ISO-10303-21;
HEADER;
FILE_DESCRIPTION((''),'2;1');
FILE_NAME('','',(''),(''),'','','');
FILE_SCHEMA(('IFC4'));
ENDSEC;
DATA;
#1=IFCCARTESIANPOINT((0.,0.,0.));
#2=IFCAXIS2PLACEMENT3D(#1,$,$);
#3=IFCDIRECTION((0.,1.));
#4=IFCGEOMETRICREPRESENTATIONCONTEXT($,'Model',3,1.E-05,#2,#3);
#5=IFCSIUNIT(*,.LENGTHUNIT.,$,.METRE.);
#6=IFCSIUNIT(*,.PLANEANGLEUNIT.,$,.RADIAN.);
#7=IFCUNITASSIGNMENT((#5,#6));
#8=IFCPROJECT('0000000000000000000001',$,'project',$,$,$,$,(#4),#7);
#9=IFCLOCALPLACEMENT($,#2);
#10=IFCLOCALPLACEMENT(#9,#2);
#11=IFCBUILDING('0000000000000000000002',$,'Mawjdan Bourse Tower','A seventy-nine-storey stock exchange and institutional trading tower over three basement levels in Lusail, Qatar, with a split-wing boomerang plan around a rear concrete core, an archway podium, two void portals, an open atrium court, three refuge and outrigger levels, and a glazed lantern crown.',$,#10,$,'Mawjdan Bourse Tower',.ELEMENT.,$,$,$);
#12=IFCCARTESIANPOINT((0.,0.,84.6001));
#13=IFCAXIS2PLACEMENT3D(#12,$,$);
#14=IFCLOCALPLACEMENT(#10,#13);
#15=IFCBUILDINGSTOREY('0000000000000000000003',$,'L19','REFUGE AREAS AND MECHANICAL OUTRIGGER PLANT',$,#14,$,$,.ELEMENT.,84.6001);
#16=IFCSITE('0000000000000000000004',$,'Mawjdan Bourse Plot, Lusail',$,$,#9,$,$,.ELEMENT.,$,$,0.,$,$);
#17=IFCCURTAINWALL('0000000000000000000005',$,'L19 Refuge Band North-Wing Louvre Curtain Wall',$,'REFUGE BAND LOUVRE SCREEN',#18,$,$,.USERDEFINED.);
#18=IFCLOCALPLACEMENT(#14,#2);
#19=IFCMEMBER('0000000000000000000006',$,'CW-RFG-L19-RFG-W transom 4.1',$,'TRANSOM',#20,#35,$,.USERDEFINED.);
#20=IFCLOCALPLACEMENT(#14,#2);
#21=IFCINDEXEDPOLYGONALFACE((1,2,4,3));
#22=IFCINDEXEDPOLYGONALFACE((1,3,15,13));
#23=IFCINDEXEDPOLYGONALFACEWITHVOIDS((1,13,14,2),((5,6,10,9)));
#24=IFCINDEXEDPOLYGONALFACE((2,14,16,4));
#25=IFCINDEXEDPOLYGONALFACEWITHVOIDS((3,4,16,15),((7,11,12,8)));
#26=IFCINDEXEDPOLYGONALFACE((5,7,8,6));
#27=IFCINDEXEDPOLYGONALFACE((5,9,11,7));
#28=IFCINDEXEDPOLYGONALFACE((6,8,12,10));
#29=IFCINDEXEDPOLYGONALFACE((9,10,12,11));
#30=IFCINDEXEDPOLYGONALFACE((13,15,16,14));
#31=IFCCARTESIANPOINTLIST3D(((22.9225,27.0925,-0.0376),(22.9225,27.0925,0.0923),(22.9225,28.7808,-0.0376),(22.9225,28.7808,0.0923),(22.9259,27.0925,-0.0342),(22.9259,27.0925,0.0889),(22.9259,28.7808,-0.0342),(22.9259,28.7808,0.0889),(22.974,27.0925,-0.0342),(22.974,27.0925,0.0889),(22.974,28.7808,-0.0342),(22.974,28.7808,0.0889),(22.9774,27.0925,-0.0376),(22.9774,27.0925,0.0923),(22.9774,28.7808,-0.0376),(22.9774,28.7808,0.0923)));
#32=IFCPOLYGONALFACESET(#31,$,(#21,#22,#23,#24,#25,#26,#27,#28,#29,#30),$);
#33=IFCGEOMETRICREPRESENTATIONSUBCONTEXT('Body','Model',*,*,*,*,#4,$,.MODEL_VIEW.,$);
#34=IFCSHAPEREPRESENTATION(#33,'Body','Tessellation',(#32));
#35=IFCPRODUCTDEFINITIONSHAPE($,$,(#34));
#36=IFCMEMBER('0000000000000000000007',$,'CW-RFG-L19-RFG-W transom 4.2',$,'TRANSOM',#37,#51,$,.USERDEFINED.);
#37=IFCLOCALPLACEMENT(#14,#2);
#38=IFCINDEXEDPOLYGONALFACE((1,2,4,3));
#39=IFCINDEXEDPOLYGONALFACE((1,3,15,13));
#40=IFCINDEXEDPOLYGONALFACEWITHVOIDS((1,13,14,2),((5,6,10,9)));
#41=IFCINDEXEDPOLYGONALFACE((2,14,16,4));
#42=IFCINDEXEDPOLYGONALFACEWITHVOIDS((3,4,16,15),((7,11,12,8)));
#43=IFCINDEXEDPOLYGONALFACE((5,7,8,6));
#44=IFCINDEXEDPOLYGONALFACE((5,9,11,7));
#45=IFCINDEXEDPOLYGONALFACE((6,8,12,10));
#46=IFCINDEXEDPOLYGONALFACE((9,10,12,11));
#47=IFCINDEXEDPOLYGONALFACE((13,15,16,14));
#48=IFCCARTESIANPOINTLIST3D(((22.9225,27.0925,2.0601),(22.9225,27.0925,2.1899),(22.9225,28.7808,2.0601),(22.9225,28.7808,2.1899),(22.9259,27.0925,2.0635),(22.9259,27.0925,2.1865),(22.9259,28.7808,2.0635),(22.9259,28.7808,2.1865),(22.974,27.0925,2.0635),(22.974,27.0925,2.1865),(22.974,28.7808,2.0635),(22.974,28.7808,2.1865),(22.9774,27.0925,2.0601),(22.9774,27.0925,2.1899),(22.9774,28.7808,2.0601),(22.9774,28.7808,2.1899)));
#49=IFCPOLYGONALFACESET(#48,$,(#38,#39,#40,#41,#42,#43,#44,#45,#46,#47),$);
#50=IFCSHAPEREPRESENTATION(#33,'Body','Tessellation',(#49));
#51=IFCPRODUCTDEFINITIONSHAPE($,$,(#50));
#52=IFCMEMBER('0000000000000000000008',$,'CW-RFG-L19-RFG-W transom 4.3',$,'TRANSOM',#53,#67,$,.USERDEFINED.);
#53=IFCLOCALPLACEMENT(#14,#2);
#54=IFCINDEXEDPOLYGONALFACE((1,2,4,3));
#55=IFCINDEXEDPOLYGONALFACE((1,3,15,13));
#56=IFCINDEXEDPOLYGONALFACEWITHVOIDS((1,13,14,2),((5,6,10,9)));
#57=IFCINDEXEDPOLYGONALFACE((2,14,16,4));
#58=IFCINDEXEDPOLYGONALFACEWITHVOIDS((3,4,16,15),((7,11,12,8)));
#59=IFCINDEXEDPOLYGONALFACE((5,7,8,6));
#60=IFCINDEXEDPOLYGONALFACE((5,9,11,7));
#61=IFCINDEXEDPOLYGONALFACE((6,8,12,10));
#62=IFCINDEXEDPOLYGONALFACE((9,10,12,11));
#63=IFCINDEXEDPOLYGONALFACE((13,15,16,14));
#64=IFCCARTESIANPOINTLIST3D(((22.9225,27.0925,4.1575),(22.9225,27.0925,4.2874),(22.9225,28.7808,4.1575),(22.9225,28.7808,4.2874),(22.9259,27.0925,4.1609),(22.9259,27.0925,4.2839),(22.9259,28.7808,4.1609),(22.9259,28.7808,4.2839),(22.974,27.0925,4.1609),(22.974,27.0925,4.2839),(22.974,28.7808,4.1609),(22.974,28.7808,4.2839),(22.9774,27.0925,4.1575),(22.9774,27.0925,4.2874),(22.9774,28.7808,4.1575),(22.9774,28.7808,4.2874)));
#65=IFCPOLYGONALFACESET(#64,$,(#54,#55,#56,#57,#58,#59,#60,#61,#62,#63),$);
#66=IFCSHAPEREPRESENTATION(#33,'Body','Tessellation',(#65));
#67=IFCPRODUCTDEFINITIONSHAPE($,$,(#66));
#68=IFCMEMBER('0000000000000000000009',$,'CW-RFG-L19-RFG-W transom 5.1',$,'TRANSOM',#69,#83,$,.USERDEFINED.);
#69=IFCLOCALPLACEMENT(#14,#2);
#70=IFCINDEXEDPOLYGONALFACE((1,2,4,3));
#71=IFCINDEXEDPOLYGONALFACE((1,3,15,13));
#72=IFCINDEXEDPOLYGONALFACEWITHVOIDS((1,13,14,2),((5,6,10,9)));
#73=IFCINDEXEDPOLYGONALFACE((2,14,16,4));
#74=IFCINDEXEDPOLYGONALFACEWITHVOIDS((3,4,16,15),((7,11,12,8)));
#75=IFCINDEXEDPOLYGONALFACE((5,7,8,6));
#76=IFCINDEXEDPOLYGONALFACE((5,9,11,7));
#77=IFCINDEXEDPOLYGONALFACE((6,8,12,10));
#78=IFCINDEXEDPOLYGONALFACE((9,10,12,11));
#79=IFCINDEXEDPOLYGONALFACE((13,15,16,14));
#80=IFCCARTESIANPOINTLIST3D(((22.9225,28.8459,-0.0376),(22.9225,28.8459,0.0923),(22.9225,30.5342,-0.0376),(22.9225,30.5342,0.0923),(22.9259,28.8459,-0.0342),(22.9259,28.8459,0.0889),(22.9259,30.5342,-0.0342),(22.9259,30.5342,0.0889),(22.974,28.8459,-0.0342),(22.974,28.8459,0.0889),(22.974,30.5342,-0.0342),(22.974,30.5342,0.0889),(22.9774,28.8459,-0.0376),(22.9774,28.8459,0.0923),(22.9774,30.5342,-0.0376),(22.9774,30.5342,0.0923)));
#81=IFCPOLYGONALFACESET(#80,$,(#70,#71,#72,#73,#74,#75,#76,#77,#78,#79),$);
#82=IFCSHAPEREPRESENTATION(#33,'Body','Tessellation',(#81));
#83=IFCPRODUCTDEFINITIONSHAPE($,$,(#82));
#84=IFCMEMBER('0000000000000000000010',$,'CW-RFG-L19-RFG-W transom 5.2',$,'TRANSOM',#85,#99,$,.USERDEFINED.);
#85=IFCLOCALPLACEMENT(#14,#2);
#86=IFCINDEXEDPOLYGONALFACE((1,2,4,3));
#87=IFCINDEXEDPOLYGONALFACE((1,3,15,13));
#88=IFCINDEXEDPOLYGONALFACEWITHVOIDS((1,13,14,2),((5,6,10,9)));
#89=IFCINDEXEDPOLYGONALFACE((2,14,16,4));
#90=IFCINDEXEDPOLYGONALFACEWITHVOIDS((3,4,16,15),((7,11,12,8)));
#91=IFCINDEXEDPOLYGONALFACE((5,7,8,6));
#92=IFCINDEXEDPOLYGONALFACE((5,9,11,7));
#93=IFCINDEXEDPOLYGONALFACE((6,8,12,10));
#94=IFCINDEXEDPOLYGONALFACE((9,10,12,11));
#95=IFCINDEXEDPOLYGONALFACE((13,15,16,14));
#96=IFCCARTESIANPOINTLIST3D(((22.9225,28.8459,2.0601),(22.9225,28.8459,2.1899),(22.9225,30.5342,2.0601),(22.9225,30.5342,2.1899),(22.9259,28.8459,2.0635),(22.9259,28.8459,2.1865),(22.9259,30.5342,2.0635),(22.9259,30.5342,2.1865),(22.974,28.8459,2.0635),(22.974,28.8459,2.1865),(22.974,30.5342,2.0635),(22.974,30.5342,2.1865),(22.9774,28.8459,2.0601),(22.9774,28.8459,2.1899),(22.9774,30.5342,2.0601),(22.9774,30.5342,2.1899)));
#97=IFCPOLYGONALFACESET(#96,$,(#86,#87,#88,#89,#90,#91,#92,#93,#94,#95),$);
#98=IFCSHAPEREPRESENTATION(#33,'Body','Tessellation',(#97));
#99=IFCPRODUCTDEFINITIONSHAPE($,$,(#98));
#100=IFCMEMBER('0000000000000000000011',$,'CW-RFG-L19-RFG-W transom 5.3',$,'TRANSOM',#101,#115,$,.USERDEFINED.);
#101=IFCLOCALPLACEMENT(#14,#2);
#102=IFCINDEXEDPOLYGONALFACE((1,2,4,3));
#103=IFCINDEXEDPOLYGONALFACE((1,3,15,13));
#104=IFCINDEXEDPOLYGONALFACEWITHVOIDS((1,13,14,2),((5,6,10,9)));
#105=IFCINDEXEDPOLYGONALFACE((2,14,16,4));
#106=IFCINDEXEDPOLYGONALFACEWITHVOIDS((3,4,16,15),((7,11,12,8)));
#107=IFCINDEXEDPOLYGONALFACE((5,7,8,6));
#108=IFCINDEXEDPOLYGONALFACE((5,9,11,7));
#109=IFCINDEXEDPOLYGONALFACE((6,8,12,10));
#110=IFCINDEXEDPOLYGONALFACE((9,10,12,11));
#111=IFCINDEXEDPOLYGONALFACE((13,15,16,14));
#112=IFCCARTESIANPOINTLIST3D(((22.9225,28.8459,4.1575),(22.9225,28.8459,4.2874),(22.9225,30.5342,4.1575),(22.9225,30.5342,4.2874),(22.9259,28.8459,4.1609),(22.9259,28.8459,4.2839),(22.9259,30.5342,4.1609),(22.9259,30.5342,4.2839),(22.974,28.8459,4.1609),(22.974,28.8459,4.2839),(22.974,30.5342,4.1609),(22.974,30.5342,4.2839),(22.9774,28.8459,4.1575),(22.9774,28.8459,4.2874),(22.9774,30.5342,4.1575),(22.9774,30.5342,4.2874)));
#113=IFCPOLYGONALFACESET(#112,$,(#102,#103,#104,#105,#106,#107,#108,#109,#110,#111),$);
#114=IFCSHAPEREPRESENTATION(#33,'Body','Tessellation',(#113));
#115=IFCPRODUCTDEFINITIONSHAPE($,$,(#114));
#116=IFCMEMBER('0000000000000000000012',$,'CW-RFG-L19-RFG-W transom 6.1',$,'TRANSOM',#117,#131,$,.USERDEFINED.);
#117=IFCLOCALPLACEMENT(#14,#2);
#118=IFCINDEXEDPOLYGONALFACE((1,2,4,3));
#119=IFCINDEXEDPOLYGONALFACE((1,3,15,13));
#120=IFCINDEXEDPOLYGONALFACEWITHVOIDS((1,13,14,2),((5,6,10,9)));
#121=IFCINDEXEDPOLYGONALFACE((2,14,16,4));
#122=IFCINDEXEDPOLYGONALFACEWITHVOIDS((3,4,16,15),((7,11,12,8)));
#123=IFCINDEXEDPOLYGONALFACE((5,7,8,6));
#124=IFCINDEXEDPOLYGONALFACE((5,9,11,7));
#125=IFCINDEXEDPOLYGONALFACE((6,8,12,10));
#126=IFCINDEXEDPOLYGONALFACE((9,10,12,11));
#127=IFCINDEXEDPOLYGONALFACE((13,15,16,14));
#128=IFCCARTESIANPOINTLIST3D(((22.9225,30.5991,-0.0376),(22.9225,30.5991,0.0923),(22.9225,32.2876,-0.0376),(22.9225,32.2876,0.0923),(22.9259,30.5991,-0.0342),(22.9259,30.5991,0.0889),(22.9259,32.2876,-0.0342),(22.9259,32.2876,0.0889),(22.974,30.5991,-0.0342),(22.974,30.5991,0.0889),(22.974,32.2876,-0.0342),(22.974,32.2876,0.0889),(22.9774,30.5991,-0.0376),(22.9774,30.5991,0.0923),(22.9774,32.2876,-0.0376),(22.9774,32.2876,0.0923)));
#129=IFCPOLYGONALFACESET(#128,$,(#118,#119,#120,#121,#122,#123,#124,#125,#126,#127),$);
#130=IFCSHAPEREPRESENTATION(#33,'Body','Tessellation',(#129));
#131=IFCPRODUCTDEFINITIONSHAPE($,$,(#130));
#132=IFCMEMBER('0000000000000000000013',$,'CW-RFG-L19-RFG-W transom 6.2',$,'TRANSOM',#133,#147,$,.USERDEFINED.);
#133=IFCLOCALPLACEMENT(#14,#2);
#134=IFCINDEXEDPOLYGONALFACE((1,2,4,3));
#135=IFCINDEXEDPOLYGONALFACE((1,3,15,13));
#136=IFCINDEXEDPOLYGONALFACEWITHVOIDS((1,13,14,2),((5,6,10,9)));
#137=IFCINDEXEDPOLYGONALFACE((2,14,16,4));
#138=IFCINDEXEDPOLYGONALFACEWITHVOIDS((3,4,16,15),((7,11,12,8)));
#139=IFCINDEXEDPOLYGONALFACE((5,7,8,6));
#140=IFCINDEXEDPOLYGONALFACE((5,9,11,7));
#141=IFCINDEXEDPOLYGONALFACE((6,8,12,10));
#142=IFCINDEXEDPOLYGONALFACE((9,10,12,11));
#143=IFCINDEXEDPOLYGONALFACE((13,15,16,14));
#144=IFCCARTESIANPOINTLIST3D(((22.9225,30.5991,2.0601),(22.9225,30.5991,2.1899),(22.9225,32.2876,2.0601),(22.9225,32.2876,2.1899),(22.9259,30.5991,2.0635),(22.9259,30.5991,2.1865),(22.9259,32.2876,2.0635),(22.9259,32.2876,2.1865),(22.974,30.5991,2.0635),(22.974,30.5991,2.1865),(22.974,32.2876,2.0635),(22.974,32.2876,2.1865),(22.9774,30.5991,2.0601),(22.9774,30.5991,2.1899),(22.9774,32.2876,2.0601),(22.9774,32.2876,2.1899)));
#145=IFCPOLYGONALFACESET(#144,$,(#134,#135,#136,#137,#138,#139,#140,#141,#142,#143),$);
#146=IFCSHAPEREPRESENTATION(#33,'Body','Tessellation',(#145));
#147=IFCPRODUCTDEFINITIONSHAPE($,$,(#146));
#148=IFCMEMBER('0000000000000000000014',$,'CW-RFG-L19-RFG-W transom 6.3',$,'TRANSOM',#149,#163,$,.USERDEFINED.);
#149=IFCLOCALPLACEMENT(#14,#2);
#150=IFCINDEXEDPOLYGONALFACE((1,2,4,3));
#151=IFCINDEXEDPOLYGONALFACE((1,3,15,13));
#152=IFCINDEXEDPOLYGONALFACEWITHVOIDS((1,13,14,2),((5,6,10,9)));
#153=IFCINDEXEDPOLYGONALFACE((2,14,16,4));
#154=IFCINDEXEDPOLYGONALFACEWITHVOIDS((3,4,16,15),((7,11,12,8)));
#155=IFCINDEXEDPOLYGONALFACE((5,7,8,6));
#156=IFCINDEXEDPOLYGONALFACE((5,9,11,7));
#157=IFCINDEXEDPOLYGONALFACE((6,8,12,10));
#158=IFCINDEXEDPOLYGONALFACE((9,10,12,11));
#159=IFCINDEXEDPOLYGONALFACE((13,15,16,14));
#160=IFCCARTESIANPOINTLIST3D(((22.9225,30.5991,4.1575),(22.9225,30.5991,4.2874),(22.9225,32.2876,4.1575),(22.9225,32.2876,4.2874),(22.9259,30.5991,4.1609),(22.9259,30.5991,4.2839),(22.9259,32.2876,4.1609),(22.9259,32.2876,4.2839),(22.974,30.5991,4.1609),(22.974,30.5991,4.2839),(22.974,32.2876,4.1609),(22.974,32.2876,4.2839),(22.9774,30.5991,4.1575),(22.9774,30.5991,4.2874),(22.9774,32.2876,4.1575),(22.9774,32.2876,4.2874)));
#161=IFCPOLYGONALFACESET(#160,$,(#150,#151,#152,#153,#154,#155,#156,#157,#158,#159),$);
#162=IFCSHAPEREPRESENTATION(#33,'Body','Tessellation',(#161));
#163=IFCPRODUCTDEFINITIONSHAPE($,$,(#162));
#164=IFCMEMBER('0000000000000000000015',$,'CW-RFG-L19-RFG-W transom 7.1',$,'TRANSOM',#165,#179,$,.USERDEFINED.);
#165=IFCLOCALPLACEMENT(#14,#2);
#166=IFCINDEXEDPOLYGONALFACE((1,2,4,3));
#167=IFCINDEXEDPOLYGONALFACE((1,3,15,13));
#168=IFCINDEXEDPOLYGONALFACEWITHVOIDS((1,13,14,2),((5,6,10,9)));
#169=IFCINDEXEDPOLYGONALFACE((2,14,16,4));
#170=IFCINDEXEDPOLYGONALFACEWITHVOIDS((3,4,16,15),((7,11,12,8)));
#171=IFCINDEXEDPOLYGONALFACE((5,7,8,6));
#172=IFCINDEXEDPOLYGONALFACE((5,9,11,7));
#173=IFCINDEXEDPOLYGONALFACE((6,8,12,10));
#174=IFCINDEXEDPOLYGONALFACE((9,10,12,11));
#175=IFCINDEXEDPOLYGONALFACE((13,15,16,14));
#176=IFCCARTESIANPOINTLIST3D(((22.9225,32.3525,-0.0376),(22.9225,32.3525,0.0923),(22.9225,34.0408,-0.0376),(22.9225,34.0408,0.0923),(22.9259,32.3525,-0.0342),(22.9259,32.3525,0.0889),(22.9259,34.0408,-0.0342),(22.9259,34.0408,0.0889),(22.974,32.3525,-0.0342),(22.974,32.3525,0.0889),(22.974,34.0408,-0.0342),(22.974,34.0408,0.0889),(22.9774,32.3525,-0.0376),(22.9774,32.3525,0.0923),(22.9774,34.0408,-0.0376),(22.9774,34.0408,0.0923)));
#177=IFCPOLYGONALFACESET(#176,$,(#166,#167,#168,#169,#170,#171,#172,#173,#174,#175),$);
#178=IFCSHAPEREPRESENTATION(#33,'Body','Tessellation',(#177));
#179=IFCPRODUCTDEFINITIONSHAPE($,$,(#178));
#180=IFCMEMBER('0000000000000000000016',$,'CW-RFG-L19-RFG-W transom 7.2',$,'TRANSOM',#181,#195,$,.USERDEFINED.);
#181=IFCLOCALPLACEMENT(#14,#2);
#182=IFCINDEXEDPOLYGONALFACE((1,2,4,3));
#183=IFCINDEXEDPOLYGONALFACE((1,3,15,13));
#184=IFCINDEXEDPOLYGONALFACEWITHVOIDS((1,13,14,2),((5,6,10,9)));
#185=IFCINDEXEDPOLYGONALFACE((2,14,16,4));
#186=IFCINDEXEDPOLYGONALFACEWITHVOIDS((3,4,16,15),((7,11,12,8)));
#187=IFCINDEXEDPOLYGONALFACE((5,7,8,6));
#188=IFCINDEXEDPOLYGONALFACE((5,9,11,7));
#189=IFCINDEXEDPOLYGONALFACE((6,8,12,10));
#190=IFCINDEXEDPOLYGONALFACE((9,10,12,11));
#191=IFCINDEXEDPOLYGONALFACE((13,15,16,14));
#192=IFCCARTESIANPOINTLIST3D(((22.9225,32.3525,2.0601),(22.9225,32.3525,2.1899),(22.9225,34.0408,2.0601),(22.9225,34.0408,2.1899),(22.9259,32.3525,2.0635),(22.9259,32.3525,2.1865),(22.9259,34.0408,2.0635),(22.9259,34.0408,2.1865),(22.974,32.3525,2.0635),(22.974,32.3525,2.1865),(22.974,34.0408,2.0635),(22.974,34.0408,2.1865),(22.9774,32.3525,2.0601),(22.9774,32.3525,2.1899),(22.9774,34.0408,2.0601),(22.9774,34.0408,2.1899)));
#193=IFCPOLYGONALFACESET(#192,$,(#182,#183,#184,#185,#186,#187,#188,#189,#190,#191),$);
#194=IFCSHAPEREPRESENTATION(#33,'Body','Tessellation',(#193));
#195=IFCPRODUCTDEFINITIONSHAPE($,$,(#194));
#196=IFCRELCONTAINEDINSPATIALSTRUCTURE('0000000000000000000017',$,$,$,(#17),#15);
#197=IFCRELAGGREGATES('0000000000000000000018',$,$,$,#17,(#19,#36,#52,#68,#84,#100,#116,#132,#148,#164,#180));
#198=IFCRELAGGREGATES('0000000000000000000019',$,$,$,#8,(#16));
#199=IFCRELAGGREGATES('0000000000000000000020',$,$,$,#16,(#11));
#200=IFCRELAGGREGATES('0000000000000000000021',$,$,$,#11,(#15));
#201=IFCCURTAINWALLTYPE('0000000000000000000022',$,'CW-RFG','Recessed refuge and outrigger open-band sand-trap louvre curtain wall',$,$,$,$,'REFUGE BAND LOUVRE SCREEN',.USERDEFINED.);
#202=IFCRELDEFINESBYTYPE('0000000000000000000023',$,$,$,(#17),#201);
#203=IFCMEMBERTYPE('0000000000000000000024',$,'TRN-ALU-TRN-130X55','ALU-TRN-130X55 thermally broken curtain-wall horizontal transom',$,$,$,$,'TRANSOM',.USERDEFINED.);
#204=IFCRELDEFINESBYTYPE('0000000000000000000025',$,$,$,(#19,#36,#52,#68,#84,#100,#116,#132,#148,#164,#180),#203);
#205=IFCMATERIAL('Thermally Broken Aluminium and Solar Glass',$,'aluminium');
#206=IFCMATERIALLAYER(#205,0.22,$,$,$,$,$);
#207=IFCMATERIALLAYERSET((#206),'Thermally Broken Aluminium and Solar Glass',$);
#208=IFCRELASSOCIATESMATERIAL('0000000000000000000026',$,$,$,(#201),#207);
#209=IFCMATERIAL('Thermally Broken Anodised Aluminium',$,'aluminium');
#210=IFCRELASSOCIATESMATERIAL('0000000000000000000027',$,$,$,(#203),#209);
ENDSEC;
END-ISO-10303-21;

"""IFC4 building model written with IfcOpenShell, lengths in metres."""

from ifc_helpers import new_model, si_unit, direction, frame, origin, origin_2d, place, context, subcontext, project, spatial, hollow_rectangle, extrude, material, layer, layer_set, material_profile, profile_set, type_object, element, aggregate, save


model = new_model("IFC4")

# Units and contexts
model_context = context("Model", 3, precision=1e-05, world=origin(), true_north=direction((0.0, 1.0)))
body_context = subcontext(model_context, "Body", "Model", "MODEL_VIEW")
ifc_project = project(units=[si_unit("LENGTHUNIT", "METRE"), si_unit("PLANEANGLEUNIT", "RADIAN")], contexts=[model_context])

# Site, building, storey
site_placement = place(None, origin())
site = spatial("IfcSite", under=ifc_project, at=site_placement, Name="Mawjdan Bourse Plot, Lusail", CompositionType="ELEMENT", RefElevation=0.0)
building_placement = place(site_placement, origin())
building = spatial("IfcBuilding", under=site, at=building_placement, Name="Mawjdan Bourse Tower", Description="A seventy-nine-storey stock exchange and institutional trading tower over three basement levels in Lusail, Qatar, with a split-wing boomerang plan around a rear concrete core, an archway podium, two void portals, an open atrium court, three refuge and outrigger levels, and a glazed lantern crown.", LongName="Mawjdan Bourse Tower", CompositionType="ELEMENT")
storey_placement = place(building_placement, frame((0.0, 0.0, 84.6001)))
storey = spatial("IfcBuildingStorey", under=building, at=storey_placement, Name="L19", Description="REFUGE AREAS AND MECHANICAL OUTRIGGER PLANT", CompositionType="ELEMENT", Elevation=84.6001)

# Curtain wall
ifc_material_1 = material(Name="Thermally Broken Aluminium and Solar Glass", Category="aluminium")
ifc_layer_1 = layer(ifc_material_1, 0.22)
ifc_layer_set_1 = layer_set([ifc_layer_1], Name="Thermally Broken Aluminium and Solar Glass")
curtain_wall_type = type_object("IfcCurtainWallType", Name="CW-RFG", Description="Recessed refuge and outrigger open-band sand-trap louvre curtain wall", ElementType="REFUGE BAND LOUVRE SCREEN", PredefinedType="USERDEFINED", material=ifc_layer_set_1)
curtain_wall_placement = place(storey_placement, origin())
curtain_wall = element("IfcCurtainWall", 1, at=curtain_wall_placement, inside=storey, type_object=curtain_wall_type, Name="L19 Refuge Band North-Wing Louvre Curtain Wall", ObjectType="REFUGE BAND LOUVRE SCREEN", PredefinedType="USERDEFINED")
ifc_material_2 = material(Name="Thermally Broken Anodised Aluminium", Category="aluminium")

# Members
ifc_material_profile_1 = material_profile(ifc_material_2, hollow_rectangle(XDim=0.0549, YDim=0.1299, WallThickness=0.0034, at=origin_2d()), Name="ALU-TRN-130X55")
ifc_profile_set_1 = profile_set([ifc_material_profile_1], Name="Thermally Broken Anodised Aluminium")
member_type_1 = type_object("IfcMemberType", Name="TRN-ALU-TRN-130X55", Description="ALU-TRN-130X55 thermally broken curtain-wall horizontal transom", ElementType="TRANSOM", PredefinedType="USERDEFINED", material=ifc_profile_set_1)
member_1_placement = place(storey_placement, frame((22.95, 27.0925, 0.0273), z_axis=(0.0, 1.0, 0.0), x_axis=(-1.0, 0.0, 0.0)))
member_1 = element("IfcMember", 2, at=member_1_placement, type_object=member_type_1, Name="CW-RFG-L19-RFG-W transom 4.1", ObjectType="TRANSOM", PredefinedType="USERDEFINED", context=body_context, shape_type="SweptSolid", body=[
    extrude(hollow_rectangle(XDim=0.0549, YDim=0.1299, WallThickness=0.0034, at=origin_2d()), origin(), (0.0, 0.0, 1.0), 1.6882),
])
member_2_placement = place(storey_placement, frame((22.95, 27.0925, 2.125), z_axis=(0.0, 1.0, 0.0), x_axis=(-1.0, 0.0, 0.0)))
member_2 = element("IfcMember", 3, at=member_2_placement, type_object=member_type_1, Name="CW-RFG-L19-RFG-W transom 4.2", ObjectType="TRANSOM", PredefinedType="USERDEFINED", context=body_context, shape_type="SweptSolid", body=[
    extrude(hollow_rectangle(XDim=0.0549, YDim=0.1299, WallThickness=0.0034, at=origin_2d()), origin(), (0.0, 0.0, 1.0), 1.6882),
])
member_3_placement = place(storey_placement, frame((22.95, 27.0925, 4.2224), z_axis=(0.0, 1.0, 0.0), x_axis=(-1.0, 0.0, 0.0)))
member_3 = element("IfcMember", 4, at=member_3_placement, type_object=member_type_1, Name="CW-RFG-L19-RFG-W transom 4.3", ObjectType="TRANSOM", PredefinedType="USERDEFINED", context=body_context, shape_type="SweptSolid", body=[
    extrude(hollow_rectangle(XDim=0.0549, YDim=0.1299, WallThickness=0.0034, at=origin_2d()), origin(), (0.0, 0.0, 1.0), 1.6882),
])
member_4_placement = place(storey_placement, frame((22.95, 28.8459, 0.0273), z_axis=(0.0, 1.0, 0.0), x_axis=(-1.0, 0.0, 0.0)))
member_4 = element("IfcMember", 5, at=member_4_placement, type_object=member_type_1, Name="CW-RFG-L19-RFG-W transom 5.1", ObjectType="TRANSOM", PredefinedType="USERDEFINED", context=body_context, shape_type="SweptSolid", body=[
    extrude(hollow_rectangle(XDim=0.0549, YDim=0.1299, WallThickness=0.0034, at=origin_2d()), origin(), (0.0, 0.0, 1.0), 1.6882),
])
member_5_placement = place(storey_placement, frame((22.95, 28.8459, 2.125), z_axis=(0.0, 1.0, 0.0), x_axis=(-1.0, 0.0, 0.0)))
member_5 = element("IfcMember", 6, at=member_5_placement, type_object=member_type_1, Name="CW-RFG-L19-RFG-W transom 5.2", ObjectType="TRANSOM", PredefinedType="USERDEFINED", context=body_context, shape_type="SweptSolid", body=[
    extrude(hollow_rectangle(XDim=0.0549, YDim=0.1299, WallThickness=0.0034, at=origin_2d()), origin(), (0.0, 0.0, 1.0), 1.6882),
])
member_6_placement = place(storey_placement, frame((22.95, 28.8459, 4.2224), z_axis=(0.0, 1.0, 0.0), x_axis=(-1.0, 0.0, 0.0)))
member_6 = element("IfcMember", 7, at=member_6_placement, type_object=member_type_1, Name="CW-RFG-L19-RFG-W transom 5.3", ObjectType="TRANSOM", PredefinedType="USERDEFINED", context=body_context, shape_type="SweptSolid", body=[
    extrude(hollow_rectangle(XDim=0.0549, YDim=0.1299, WallThickness=0.0034, at=origin_2d()), origin(), (0.0, 0.0, 1.0), 1.6882),
])
member_7_placement = place(storey_placement, frame((22.95, 30.5991, 0.0273), z_axis=(0.0, 1.0, 0.0), x_axis=(-1.0, 0.0, 0.0)))
member_7 = element("IfcMember", 8, at=member_7_placement, type_object=member_type_1, Name="CW-RFG-L19-RFG-W transom 6.1", ObjectType="TRANSOM", PredefinedType="USERDEFINED", context=body_context, shape_type="SweptSolid", body=[
    extrude(hollow_rectangle(XDim=0.0549, YDim=0.1299, WallThickness=0.0034, at=origin_2d()), origin(), (0.0, 0.0, 1.0), 1.6885),
])
member_8_placement = place(storey_placement, frame((22.95, 30.5991, 2.125), z_axis=(0.0, 1.0, 0.0), x_axis=(-1.0, 0.0, 0.0)))
member_8 = element("IfcMember", 9, at=member_8_placement, type_object=member_type_1, Name="CW-RFG-L19-RFG-W transom 6.2", ObjectType="TRANSOM", PredefinedType="USERDEFINED", context=body_context, shape_type="SweptSolid", body=[
    extrude(hollow_rectangle(XDim=0.0549, YDim=0.1299, WallThickness=0.0034, at=origin_2d()), origin(), (0.0, 0.0, 1.0), 1.6885),
])
member_9_placement = place(storey_placement, frame((22.95, 30.5991, 4.2224), z_axis=(0.0, 1.0, 0.0), x_axis=(-1.0, 0.0, 0.0)))
member_9 = element("IfcMember", 10, at=member_9_placement, type_object=member_type_1, Name="CW-RFG-L19-RFG-W transom 6.3", ObjectType="TRANSOM", PredefinedType="USERDEFINED", context=body_context, shape_type="SweptSolid", body=[
    extrude(hollow_rectangle(XDim=0.0549, YDim=0.1299, WallThickness=0.0034, at=origin_2d()), origin(), (0.0, 0.0, 1.0), 1.6885),
])
member_10_placement = place(storey_placement, frame((22.95, 32.3525, 0.0273), z_axis=(0.0, 1.0, 0.0), x_axis=(-1.0, 0.0, 0.0)))
member_10 = element("IfcMember", 11, at=member_10_placement, type_object=member_type_1, Name="CW-RFG-L19-RFG-W transom 7.1", ObjectType="TRANSOM", PredefinedType="USERDEFINED", context=body_context, shape_type="SweptSolid", body=[
    extrude(hollow_rectangle(XDim=0.0549, YDim=0.1299, WallThickness=0.0034, at=origin_2d()), origin(), (0.0, 0.0, 1.0), 1.6882),
])
member_11_placement = place(storey_placement, frame((22.95, 32.3525, 2.125), z_axis=(0.0, 1.0, 0.0), x_axis=(-1.0, 0.0, 0.0)))
member_11 = element("IfcMember", 12, at=member_11_placement, type_object=member_type_1, Name="CW-RFG-L19-RFG-W transom 7.2", ObjectType="TRANSOM", PredefinedType="USERDEFINED", context=body_context, shape_type="SweptSolid", body=[
    extrude(hollow_rectangle(XDim=0.0549, YDim=0.1299, WallThickness=0.0034, at=origin_2d()), origin(), (0.0, 0.0, 1.0), 1.6882),
])

aggregate(curtain_wall, [member_1, member_2, member_3, member_4, member_5, member_6, member_7, member_8, member_9, member_10, member_11])

save(model, "model.ifc")
